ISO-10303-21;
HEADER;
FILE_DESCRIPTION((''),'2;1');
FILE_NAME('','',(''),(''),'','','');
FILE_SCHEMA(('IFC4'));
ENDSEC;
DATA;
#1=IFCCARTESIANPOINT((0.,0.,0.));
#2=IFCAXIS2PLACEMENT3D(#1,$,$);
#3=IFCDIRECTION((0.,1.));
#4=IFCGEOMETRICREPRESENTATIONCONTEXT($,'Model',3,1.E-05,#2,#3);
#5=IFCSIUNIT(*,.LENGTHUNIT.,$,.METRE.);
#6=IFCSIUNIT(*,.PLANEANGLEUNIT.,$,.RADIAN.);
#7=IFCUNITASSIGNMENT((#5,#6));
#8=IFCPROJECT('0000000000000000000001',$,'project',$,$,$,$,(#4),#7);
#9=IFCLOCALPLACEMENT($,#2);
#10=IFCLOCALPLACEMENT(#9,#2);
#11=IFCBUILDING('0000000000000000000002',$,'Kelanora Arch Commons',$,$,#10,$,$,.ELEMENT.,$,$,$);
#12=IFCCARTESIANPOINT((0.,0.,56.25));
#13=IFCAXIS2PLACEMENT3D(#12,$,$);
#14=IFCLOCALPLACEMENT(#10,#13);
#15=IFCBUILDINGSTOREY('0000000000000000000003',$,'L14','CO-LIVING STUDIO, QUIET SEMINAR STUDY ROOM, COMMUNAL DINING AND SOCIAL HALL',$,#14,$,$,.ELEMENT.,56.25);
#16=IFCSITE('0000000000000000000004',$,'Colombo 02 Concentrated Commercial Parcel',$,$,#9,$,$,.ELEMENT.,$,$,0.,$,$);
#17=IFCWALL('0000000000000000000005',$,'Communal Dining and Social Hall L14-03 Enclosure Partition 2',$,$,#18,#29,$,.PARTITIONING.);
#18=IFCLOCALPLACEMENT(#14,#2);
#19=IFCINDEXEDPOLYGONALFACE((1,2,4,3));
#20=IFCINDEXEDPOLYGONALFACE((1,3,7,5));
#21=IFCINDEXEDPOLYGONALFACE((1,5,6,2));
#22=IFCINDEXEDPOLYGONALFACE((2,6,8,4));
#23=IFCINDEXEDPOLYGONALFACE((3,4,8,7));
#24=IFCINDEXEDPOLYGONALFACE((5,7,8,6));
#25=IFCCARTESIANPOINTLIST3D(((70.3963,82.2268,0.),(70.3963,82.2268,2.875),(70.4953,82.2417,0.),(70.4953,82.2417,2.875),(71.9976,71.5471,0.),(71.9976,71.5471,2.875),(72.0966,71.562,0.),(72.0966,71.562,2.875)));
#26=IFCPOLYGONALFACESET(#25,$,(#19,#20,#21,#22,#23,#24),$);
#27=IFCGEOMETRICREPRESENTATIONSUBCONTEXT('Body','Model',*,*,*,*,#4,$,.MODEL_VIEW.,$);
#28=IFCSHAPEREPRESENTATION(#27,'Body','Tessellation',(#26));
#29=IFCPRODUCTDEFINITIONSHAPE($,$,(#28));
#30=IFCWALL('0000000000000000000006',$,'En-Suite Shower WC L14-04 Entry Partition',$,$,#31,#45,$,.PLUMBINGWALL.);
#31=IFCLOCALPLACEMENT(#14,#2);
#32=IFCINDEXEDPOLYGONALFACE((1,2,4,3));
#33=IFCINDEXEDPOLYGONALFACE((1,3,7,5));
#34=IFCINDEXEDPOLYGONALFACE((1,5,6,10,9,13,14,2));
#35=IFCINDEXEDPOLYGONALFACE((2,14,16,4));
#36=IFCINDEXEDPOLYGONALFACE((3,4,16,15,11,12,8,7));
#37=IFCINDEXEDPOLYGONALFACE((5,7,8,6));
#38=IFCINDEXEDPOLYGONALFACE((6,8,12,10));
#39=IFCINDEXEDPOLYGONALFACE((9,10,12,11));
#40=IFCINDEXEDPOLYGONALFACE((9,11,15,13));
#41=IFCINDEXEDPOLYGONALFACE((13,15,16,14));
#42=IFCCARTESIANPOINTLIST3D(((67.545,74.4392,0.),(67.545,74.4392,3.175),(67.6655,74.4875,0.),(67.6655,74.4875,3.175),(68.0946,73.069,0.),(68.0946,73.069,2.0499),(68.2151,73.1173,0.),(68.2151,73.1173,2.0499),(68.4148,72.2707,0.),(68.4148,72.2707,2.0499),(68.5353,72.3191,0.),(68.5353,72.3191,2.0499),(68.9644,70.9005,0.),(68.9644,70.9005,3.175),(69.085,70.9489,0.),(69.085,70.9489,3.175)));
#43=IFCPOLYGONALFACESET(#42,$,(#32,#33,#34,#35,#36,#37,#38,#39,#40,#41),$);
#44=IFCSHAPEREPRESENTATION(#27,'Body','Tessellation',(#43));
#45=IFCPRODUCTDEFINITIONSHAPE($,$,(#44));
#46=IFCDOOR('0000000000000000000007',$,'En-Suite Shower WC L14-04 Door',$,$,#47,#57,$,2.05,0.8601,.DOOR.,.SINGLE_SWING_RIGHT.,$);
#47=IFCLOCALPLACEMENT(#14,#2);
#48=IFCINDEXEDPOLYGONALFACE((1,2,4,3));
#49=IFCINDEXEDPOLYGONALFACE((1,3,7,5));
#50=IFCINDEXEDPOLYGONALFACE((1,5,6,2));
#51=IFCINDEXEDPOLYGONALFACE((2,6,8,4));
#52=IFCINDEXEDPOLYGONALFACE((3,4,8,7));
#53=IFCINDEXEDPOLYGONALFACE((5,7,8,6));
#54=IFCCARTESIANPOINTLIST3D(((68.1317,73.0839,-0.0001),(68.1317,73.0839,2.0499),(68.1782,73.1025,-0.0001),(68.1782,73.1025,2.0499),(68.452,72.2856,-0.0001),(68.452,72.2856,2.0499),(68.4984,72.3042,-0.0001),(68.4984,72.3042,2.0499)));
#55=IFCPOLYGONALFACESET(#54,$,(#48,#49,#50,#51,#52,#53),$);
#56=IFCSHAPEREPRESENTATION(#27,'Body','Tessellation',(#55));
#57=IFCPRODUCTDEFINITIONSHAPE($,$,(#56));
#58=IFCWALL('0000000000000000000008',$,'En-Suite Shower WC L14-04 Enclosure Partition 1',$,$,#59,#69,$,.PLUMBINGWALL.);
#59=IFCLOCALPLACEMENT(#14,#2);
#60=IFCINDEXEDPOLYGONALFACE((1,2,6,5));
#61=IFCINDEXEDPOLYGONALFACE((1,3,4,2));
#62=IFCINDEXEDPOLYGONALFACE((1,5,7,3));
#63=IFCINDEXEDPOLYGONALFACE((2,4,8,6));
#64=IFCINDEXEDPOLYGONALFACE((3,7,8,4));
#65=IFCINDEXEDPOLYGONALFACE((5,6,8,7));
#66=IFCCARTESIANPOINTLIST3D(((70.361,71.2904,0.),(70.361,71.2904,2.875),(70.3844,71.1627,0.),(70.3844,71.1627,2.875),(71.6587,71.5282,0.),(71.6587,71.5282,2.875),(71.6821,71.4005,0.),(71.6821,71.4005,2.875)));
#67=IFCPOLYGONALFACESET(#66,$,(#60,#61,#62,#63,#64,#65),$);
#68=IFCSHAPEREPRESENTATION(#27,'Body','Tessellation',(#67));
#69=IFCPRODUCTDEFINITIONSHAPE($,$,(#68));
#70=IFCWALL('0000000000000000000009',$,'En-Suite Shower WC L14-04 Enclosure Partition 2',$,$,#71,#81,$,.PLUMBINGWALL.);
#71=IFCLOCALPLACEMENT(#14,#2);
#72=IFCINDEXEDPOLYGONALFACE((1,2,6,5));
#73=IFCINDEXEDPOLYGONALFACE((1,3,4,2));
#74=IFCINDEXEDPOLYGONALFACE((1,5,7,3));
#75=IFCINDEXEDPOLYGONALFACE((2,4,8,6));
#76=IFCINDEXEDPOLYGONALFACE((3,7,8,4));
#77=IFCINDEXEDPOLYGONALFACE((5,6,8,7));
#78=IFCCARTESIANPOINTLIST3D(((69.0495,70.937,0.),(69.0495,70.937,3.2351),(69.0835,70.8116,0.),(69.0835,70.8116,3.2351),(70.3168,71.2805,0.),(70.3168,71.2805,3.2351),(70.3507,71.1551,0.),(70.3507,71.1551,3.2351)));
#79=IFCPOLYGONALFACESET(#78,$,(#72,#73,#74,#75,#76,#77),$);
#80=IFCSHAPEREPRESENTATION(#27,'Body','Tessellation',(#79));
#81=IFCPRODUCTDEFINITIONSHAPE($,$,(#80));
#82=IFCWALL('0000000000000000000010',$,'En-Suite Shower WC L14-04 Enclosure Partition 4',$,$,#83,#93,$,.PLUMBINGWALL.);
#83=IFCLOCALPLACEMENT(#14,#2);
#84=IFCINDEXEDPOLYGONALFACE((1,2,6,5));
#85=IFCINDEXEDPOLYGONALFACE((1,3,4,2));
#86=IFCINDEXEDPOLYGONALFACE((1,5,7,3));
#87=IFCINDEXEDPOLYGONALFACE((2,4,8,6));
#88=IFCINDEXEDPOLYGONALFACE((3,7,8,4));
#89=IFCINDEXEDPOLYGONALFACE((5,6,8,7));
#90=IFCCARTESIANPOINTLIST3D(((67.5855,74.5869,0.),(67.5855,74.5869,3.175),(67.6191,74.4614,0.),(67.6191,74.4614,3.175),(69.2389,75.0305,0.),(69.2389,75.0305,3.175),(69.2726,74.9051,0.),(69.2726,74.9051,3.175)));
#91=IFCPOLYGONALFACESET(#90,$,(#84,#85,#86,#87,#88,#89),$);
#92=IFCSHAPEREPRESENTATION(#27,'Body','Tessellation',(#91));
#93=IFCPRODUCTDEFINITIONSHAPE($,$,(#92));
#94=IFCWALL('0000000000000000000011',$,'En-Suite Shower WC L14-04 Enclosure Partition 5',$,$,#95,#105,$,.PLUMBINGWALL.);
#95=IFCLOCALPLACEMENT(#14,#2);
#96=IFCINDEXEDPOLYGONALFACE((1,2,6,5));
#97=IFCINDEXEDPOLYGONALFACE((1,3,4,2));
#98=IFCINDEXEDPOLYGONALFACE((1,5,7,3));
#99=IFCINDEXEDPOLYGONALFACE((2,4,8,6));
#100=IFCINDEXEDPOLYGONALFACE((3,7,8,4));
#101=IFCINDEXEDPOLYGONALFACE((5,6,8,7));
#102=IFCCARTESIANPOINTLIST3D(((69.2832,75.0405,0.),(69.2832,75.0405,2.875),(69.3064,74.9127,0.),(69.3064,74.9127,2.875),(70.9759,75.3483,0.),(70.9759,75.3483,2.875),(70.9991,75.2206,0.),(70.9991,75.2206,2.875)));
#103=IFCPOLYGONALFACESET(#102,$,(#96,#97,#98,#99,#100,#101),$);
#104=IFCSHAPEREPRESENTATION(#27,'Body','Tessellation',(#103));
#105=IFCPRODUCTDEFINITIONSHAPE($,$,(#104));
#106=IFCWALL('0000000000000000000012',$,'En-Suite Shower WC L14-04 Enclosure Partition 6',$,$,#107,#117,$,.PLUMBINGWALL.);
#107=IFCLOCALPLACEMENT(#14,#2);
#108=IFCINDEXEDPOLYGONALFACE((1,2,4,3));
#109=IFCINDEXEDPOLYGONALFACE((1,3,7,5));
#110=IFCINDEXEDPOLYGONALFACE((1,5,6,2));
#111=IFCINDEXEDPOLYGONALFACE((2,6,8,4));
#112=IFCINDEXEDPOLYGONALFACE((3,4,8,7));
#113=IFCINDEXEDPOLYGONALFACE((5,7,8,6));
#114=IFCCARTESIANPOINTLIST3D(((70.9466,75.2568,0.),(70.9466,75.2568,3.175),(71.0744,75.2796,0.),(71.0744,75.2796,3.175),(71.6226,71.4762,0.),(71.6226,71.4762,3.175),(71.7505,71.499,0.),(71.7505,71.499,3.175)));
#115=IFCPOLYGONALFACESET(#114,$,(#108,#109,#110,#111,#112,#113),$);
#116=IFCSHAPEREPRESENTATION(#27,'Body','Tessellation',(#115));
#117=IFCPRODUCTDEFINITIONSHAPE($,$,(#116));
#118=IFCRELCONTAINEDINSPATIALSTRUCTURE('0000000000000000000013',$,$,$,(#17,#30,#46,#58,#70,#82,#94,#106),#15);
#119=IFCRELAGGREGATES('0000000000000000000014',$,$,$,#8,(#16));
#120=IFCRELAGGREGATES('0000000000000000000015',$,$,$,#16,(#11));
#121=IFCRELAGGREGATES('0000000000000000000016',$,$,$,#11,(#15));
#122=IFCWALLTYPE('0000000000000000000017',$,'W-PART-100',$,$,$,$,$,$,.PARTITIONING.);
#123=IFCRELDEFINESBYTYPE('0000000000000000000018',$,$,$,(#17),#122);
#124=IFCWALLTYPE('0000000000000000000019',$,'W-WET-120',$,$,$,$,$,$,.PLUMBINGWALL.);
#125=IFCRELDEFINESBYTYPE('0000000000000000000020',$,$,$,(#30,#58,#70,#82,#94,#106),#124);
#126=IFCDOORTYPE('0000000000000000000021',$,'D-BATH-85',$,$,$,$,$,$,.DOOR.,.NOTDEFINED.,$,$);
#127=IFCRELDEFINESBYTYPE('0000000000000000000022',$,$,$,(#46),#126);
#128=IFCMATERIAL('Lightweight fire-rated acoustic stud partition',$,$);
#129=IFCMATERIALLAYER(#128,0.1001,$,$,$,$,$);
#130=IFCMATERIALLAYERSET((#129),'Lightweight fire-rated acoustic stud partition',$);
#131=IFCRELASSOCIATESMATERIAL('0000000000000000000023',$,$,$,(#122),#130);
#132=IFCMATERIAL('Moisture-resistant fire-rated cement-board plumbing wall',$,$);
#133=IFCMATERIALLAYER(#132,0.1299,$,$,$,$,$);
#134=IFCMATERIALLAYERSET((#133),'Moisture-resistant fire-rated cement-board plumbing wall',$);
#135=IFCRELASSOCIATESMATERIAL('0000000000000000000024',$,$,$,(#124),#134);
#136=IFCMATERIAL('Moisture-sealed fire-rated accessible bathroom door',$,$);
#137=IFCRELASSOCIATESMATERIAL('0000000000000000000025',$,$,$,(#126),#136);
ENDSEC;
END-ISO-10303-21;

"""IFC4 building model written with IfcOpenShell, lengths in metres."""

from ifc_helpers import new_model, si_unit, direction, frame, frame_2d, origin, place, context, subcontext, project, spatial, rectangle, extrude, material, layer, layer_set, type_object, element, fill, save


model = new_model("IFC4")

# Units and contexts
model_context = context("Model", 3, precision=1e-05, world=origin(), true_north=direction((0.0, 1.0)))
body_context = subcontext(model_context, "Body", "Model", "MODEL_VIEW")
ifc_project = project(units=[si_unit("LENGTHUNIT", "METRE"), si_unit("PLANEANGLEUNIT", "RADIAN")], contexts=[model_context])

# Site, building, storey
site_placement = place(None, origin())
site = spatial("IfcSite", under=ifc_project, at=site_placement, Name="Colombo 02 Concentrated Commercial Parcel", CompositionType="ELEMENT", RefElevation=0.0)
building_placement = place(site_placement, origin())
building = spatial("IfcBuilding", under=site, at=building_placement, Name="Kelanora Arch Commons", CompositionType="ELEMENT")
storey_placement = place(building_placement, frame((0.0, 0.0, 56.25)))
storey = spatial("IfcBuildingStorey", under=building, at=storey_placement, Name="L14", Description="CO-LIVING STUDIO, QUIET SEMINAR STUDY ROOM, COMMUNAL DINING AND SOCIAL HALL", CompositionType="ELEMENT", Elevation=56.25)

# Wall
ifc_material_1 = material(Name="Lightweight fire-rated acoustic stud partition")
ifc_layer_1 = layer(ifc_material_1, 0.1001)
ifc_layer_set_1 = layer_set([ifc_layer_1], Name="Lightweight fire-rated acoustic stud partition")
wall_type_1 = type_object("IfcWallType", Name="W-PART-100", PredefinedType="PARTITIONING", material=ifc_layer_set_1)
wall_1_placement = place(storey_placement, frame((72.0471, 71.5547, 0.0), z_axis=(0.0, 0.0, 1.0), x_axis=(-0.148283, 0.988945, 0.0)))
element("IfcWall", 1, at=wall_1_placement, inside=storey, type_object=wall_type_1, Name="Communal Dining and Social Hall L14-03 Enclosure Partition 2", PredefinedType="PARTITIONING", context=body_context, shape_type="SweptSolid", body=[
    extrude(rectangle(XDim=10.7991, YDim=0.1001, at=frame_2d((5.3994, 0.0))), origin(), (0.0, 0.0, 1.0), 2.875),
])

# Wall, opening, door
ifc_material_2 = material(Name="Moisture-resistant fire-rated cement-board plumbing wall")
ifc_layer_2 = layer(ifc_material_2, 0.1299)
ifc_layer_set_2 = layer_set([ifc_layer_2], Name="Moisture-resistant fire-rated cement-board plumbing wall")
wall_type_2 = type_object("IfcWallType", Name="W-WET-120", PredefinedType="PLUMBINGWALL", material=ifc_layer_set_2)
wall_2_placement = place(storey_placement, frame((69.0247, 70.9248, 0.0), z_axis=(0.0, 0.0, 1.0), x_axis=(-0.372296, 0.928114, 0.0)))
wall_2 = element("IfcWall", 2, at=wall_2_placement, inside=storey, type_object=wall_type_2, Name="En-Suite Shower WC L14-04 Entry Partition", PredefinedType="PLUMBINGWALL", context=body_context, shape_type="SweptSolid", body=[
    extrude(rectangle(XDim=3.8127, YDim=0.1299, at=frame_2d((1.9062, 0.0))), origin(), (0.0, 0.0, 1.0), 3.175),
])
opening_1_placement = place(wall_2_placement, frame((1.4761, 0.0, 0.0)))
opening_1 = element("IfcOpeningElement", 3, at=opening_1_placement, cuts=wall_2, PredefinedType="OPENING", context=body_context, shape_type="SweptSolid", body=[
    extrude(rectangle(XDim=0.8601, YDim=2.05, at=frame_2d((0.4302, 1.0249))), frame((0.0, 0.075, 0.0), z_axis=(0.0, -1.0, 0.0), x_axis=(1.0, 0.0, 0.0)), (0.0, 0.0, 1.0), 0.1499),
])
ifc_material_3 = material(Name="Moisture-sealed fire-rated accessible bathroom door")
door_type_1 = type_object("IfcDoorType", Name="D-BATH-85", OperationType="NOTDEFINED", PredefinedType="DOOR", material=ifc_material_3)
door_1_placement = place(opening_1_placement, origin())
door_1 = element("IfcDoor", 4, at=door_1_placement, inside=storey, type_object=door_type_1, Name="En-Suite Shower WC L14-04 Door", OperationType="SINGLE_SWING_RIGHT", OverallHeight=2.05, OverallWidth=0.8601, PredefinedType="DOOR", context=body_context, shape_type="SweptSolid", body=[
    extrude(rectangle(XDim=0.8601, YDim=2.05, at=frame_2d((0.4302, 1.0249))), frame((0.0, 0.0249, 0.0), z_axis=(0.0, -1.0, 0.0), x_axis=(1.0, 0.0, 0.0)), (0.0, 0.0, 1.0), 0.05),
])
fill(opening_1, door_1)

# Walls
wall_3_placement = place(storey_placement, frame((71.6704, 71.4644, 0.0), z_axis=(0.0, 0.0, 1.0), x_axis=(-0.98362, -0.180253, 0.0)))
element("IfcWall", 5, at=wall_3_placement, inside=storey, type_object=wall_type_2, Name="En-Suite Shower WC L14-04 Enclosure Partition 1", PredefinedType="PLUMBINGWALL", context=body_context, shape_type="SweptSolid", body=[
    extrude(rectangle(XDim=1.3193, YDim=0.1299, at=frame_2d((0.6597, 0.0))), origin(), (0.0, 0.0, 1.0), 2.875),
])
wall_4_placement = place(storey_placement, frame((70.3337, 71.2178, 0.0), z_axis=(0.0, 0.0, 1.0), x_axis=(-0.965175, -0.261607, 0.0)))
element("IfcWall", 6, at=wall_4_placement, inside=storey, type_object=wall_type_2, Name="En-Suite Shower WC L14-04 Enclosure Partition 2", PredefinedType="PLUMBINGWALL", context=body_context, shape_type="SweptSolid", body=[
    extrude(rectangle(XDim=1.313, YDim=0.1299, at=frame_2d((0.6565, 0.0))), origin(), (0.0, 0.0, 1.0), 3.2351),
])
wall_5_placement = place(storey_placement, frame((67.6023, 74.5242, 0.0), z_axis=(0.0, 0.0, 1.0), x_axis=(0.965838, 0.259145, 0.0)))
element("IfcWall", 7, at=wall_5_placement, inside=storey, type_object=wall_type_2, Name="En-Suite Shower WC L14-04 Enclosure Partition 4", PredefinedType="PLUMBINGWALL", context=body_context, shape_type="SweptSolid", body=[
    extrude(rectangle(XDim=1.7119, YDim=0.1299, at=frame_2d((0.856, 0.0))), origin(), (0.0, 0.0, 1.0), 3.175),
])
wall_6_placement = place(storey_placement, frame((69.2947, 74.9766, 0.0), z_axis=(0.0, 0.0, 1.0), x_axis=(0.983859, 0.178948, 0.0)))
element("IfcWall", 8, at=wall_6_placement, inside=storey, type_object=wall_type_2, Name="En-Suite Shower WC L14-04 Enclosure Partition 5", PredefinedType="PLUMBINGWALL", context=body_context, shape_type="SweptSolid", body=[
    extrude(rectangle(XDim=1.7205, YDim=0.1299, at=frame_2d((0.8604, 0.0))), origin(), (0.0, 0.0, 1.0), 2.875),
])
wall_7_placement = place(storey_placement, frame((71.0105, 75.2683, 0.0), z_axis=(0.0, 0.0, 1.0), x_axis=(0.176026, -0.984386, 0.0)))
element("IfcWall", 9, at=wall_7_placement, inside=storey, type_object=wall_type_2, Name="En-Suite Shower WC L14-04 Enclosure Partition 6", PredefinedType="PLUMBINGWALL", context=body_context, shape_type="SweptSolid", body=[
    extrude(rectangle(XDim=3.8406, YDim=0.1299, at=frame_2d((1.9204, 0.0))), origin(), (0.0, 0.0, 1.0), 3.175),
])

save(model, "model.ifc")
